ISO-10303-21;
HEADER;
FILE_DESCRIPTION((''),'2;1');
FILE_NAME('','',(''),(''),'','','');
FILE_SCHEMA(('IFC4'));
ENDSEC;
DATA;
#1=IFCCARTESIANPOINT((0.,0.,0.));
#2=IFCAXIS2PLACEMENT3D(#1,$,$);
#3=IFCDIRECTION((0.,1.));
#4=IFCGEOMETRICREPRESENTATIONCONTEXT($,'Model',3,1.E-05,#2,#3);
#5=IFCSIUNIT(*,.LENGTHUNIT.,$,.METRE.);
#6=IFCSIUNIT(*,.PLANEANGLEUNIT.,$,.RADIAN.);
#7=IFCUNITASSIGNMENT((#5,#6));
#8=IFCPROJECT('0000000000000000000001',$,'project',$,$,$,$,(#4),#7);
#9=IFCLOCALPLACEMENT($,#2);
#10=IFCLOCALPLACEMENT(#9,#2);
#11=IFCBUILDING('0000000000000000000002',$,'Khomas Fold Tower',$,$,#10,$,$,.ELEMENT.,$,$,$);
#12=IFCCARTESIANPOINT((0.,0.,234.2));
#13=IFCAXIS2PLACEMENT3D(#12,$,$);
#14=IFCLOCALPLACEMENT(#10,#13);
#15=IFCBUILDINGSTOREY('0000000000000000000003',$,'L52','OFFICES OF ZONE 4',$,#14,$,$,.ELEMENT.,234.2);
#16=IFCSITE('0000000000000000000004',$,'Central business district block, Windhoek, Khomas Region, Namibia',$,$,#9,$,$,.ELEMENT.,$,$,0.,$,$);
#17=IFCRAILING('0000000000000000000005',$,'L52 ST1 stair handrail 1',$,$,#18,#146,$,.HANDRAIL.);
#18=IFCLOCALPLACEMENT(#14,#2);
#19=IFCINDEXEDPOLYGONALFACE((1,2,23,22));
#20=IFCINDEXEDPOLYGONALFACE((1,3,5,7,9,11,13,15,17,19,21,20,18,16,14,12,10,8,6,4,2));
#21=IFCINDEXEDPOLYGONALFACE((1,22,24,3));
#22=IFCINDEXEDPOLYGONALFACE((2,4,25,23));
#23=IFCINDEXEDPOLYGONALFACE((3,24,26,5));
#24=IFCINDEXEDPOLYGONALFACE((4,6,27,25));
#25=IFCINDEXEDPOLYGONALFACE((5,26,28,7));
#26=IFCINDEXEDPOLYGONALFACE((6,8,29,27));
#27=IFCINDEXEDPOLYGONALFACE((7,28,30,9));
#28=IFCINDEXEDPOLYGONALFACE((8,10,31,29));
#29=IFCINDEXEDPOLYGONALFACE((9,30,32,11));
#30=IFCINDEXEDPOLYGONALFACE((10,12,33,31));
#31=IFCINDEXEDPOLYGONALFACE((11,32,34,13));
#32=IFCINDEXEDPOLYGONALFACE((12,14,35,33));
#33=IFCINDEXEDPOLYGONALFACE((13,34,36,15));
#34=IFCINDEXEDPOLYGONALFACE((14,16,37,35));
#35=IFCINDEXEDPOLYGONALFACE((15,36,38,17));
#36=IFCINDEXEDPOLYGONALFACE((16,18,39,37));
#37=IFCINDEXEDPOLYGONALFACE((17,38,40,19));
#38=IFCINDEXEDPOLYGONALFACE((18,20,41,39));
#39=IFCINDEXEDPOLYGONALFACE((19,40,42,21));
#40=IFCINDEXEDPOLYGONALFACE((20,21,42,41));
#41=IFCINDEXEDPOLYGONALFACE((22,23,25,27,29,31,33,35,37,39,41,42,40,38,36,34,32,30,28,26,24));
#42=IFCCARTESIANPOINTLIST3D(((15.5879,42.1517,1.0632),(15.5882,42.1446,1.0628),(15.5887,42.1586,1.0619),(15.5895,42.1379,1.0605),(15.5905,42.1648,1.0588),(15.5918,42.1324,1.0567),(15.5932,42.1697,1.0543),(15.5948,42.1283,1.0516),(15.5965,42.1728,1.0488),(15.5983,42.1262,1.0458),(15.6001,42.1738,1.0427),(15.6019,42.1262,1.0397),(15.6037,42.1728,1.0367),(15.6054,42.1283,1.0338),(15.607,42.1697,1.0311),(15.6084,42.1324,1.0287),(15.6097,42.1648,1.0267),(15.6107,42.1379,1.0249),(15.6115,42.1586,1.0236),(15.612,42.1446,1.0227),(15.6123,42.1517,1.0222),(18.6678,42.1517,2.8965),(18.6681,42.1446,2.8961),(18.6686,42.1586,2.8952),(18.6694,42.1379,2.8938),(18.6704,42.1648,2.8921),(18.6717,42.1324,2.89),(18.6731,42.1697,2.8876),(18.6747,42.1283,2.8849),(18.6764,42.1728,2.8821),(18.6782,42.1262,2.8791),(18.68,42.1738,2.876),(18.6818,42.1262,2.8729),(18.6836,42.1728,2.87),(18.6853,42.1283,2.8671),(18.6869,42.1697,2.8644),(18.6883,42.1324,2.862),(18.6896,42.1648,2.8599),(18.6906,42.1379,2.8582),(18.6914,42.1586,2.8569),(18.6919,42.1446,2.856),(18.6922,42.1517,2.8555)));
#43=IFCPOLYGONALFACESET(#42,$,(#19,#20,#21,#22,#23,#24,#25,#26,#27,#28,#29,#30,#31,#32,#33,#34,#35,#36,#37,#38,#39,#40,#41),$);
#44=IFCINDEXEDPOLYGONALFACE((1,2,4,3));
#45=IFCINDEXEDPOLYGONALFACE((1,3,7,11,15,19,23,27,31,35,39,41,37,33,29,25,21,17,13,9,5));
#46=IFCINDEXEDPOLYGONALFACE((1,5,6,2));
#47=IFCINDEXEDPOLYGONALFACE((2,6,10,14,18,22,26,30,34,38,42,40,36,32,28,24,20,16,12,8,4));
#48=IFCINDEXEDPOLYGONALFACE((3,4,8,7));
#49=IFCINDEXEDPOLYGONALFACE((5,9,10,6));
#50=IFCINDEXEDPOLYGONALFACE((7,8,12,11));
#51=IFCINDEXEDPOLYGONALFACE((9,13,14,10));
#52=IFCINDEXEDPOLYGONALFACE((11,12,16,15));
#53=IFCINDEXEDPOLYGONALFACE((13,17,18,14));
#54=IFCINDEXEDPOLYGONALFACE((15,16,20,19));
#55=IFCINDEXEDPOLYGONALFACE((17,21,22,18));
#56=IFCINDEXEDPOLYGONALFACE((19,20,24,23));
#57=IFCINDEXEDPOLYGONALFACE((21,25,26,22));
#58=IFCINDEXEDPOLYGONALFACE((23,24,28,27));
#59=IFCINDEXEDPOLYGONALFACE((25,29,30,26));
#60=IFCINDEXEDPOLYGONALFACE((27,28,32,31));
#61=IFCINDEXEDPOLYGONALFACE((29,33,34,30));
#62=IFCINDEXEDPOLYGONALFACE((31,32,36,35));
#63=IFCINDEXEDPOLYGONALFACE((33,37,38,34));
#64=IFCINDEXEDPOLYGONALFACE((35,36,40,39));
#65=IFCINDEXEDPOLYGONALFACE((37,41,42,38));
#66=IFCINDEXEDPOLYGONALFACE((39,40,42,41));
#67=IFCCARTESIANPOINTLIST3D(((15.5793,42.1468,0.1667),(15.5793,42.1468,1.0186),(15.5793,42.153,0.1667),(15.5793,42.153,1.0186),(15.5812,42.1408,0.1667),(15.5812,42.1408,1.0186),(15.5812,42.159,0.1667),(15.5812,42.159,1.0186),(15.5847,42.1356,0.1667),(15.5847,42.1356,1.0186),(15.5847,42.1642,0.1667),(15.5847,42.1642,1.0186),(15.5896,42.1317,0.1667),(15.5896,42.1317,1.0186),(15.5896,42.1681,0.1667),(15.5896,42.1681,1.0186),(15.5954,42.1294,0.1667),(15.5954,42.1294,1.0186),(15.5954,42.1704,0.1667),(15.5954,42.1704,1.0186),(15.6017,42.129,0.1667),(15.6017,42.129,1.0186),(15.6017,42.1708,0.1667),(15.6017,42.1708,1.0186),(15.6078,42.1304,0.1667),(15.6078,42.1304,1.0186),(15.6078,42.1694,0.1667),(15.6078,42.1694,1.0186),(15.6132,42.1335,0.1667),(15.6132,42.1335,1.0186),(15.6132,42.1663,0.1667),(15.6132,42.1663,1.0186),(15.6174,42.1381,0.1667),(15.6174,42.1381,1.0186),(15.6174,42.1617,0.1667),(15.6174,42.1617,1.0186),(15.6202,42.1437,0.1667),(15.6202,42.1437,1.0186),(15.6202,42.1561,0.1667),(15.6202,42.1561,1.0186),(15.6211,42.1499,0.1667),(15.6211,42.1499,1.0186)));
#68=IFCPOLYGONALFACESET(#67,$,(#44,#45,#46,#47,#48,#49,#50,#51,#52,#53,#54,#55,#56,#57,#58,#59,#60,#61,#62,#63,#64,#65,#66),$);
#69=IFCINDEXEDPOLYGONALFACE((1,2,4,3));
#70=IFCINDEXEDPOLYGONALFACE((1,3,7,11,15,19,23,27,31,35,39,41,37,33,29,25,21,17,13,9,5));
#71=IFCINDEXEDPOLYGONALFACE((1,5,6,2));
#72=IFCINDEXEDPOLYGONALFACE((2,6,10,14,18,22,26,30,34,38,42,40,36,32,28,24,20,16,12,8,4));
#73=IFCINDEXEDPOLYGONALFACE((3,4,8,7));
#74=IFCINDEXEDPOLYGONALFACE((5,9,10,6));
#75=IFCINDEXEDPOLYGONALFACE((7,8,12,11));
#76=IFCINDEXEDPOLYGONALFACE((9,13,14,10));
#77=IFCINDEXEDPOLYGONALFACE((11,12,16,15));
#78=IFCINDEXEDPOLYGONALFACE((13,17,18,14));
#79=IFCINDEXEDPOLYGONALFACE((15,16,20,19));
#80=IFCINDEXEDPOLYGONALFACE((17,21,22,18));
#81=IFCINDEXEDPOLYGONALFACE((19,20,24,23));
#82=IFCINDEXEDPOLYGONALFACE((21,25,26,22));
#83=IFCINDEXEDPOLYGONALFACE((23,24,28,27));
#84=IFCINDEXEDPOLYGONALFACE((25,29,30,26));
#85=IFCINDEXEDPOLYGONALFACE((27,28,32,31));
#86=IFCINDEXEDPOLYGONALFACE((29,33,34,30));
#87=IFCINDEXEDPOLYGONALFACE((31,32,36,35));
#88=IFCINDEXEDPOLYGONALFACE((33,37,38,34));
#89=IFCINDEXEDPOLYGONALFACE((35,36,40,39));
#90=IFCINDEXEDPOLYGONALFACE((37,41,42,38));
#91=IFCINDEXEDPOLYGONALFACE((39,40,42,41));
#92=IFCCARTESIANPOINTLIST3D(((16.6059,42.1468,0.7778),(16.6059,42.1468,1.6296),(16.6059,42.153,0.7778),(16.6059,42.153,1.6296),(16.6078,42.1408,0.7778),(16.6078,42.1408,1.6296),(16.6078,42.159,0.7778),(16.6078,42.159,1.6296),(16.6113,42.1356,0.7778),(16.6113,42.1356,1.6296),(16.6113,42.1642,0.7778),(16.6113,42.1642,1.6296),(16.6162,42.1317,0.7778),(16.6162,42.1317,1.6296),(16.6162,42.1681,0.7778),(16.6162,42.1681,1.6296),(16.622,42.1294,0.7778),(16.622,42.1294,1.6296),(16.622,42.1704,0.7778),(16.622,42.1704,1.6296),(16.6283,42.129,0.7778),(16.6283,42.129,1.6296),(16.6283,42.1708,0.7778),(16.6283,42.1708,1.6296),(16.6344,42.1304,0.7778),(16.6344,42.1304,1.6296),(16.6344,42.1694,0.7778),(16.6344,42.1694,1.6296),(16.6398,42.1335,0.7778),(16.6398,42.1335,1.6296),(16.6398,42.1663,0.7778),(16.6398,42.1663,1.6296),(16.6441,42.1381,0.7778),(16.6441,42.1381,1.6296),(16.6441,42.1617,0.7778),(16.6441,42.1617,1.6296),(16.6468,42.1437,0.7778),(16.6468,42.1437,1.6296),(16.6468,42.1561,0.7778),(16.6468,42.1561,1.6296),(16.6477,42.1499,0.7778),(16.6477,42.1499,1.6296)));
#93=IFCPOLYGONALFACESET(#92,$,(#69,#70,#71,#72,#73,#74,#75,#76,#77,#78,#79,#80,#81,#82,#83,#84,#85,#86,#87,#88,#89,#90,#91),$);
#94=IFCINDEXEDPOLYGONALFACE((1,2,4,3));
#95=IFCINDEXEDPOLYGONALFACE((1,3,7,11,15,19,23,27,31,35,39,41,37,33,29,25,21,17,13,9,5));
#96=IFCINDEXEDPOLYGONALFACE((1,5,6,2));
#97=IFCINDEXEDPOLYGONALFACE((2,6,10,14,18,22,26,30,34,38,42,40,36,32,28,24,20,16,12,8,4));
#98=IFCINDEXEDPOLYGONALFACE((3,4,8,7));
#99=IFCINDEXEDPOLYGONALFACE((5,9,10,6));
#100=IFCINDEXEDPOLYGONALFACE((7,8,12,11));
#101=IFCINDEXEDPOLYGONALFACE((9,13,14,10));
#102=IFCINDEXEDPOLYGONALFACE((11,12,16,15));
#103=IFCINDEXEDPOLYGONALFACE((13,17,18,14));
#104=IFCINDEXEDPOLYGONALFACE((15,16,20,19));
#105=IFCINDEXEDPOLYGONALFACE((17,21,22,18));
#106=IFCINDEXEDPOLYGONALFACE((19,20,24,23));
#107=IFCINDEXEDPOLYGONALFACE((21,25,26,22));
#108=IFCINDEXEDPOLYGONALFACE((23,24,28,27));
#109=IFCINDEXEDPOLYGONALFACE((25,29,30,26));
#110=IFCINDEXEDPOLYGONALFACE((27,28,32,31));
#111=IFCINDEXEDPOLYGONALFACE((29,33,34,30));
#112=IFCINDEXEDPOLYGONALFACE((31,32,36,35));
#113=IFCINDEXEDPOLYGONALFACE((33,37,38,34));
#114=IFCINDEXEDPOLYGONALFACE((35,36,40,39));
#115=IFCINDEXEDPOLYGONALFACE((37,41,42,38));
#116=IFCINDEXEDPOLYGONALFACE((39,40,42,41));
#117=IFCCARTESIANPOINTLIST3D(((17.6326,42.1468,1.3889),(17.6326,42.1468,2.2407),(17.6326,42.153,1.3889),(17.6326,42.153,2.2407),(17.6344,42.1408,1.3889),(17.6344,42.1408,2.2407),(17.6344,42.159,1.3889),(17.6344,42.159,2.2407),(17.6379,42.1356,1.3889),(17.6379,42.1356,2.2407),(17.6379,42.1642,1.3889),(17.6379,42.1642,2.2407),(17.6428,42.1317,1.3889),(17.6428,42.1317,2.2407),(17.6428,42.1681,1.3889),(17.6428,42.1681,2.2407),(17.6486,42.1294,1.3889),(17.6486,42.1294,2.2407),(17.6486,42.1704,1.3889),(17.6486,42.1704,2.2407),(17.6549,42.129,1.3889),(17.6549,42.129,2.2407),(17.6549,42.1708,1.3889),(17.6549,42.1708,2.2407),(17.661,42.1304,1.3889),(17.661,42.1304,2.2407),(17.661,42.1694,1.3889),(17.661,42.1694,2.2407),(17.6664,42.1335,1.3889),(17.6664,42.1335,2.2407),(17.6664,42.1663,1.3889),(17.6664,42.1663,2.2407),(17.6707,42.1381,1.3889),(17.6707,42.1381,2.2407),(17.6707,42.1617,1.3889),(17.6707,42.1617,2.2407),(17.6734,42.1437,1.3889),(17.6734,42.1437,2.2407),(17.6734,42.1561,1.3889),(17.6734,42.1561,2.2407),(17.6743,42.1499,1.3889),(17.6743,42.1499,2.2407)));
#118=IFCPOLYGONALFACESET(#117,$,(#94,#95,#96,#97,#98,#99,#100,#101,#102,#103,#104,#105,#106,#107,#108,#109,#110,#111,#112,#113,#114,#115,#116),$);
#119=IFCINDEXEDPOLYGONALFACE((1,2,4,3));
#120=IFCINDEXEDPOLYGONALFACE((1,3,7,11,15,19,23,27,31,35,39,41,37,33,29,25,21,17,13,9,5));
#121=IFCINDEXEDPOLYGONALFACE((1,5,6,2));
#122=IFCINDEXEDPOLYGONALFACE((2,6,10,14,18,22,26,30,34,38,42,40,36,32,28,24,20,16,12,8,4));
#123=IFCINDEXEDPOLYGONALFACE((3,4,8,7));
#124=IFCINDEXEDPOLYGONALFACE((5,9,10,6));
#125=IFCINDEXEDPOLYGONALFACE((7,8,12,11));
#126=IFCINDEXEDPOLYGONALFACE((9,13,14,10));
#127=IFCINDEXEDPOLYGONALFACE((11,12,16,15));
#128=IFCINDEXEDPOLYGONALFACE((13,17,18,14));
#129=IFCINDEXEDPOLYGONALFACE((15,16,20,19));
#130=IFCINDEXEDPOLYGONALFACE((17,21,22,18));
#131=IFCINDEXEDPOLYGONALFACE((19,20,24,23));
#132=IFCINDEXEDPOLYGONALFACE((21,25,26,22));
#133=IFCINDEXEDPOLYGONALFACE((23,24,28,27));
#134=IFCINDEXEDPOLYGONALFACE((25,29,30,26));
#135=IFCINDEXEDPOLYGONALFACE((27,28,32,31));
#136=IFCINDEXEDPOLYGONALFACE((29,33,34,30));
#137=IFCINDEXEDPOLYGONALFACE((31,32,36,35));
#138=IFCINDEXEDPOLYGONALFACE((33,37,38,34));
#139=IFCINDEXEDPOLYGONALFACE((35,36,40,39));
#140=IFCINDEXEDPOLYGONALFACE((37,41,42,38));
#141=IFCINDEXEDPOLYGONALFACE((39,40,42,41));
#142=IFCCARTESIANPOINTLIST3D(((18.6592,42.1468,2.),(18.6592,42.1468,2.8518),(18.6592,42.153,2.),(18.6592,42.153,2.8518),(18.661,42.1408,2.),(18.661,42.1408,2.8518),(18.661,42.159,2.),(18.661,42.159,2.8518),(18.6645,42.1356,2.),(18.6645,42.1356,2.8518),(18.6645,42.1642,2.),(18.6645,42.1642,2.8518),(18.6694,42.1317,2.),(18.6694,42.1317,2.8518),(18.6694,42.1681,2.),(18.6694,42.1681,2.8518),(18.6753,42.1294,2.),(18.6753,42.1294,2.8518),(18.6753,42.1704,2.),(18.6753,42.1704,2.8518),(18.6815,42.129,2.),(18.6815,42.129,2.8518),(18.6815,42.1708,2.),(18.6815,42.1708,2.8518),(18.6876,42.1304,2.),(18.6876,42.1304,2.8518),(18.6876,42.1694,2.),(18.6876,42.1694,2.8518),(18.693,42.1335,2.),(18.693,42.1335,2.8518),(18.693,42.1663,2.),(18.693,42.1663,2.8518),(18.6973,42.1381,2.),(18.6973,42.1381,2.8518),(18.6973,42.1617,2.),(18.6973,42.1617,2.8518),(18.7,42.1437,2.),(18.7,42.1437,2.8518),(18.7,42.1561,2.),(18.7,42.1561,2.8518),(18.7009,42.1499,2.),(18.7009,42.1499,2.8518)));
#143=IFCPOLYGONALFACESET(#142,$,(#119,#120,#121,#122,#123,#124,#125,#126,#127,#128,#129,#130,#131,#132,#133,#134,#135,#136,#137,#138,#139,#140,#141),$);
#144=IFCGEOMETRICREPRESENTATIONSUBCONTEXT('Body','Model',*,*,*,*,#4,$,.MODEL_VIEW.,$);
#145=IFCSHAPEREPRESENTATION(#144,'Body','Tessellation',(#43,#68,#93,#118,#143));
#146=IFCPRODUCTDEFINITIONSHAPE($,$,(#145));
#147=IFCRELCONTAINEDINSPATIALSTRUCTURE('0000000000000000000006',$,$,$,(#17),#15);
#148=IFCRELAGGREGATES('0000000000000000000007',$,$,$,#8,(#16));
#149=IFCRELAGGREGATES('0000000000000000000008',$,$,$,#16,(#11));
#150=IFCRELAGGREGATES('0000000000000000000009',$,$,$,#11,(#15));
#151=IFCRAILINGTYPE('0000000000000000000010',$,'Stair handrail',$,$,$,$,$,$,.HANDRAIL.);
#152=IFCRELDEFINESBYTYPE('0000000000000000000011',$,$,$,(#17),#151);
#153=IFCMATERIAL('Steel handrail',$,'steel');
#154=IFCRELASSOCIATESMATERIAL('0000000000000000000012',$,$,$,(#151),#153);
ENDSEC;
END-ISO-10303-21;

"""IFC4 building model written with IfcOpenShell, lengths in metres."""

from ifc_helpers import new_model, si_unit, direction, frame, origin, origin_2d, place, context, subcontext, project, spatial, circle, extrude, source, transform, mapped, material, type_object, element, save


model = new_model("IFC4")

# Units and contexts
model_context = context("Model", 3, precision=1e-05, world=origin(), true_north=direction((0.0, 1.0)))
body_context = subcontext(model_context, "Body", "Model", "MODEL_VIEW")
ifc_project = project(units=[si_unit("LENGTHUNIT", "METRE"), si_unit("PLANEANGLEUNIT", "RADIAN")], contexts=[model_context])

# Site, building, storey
site_placement = place(None, origin())
site = spatial("IfcSite", under=ifc_project, at=site_placement, Name="Central business district block, Windhoek, Khomas Region, Namibia", CompositionType="ELEMENT", RefElevation=0.0)
building_placement = place(site_placement, origin())
building = spatial("IfcBuilding", under=site, at=building_placement, Name="Khomas Fold Tower", CompositionType="ELEMENT")
storey_placement = place(building_placement, frame((0.0, 0.0, 234.2)))
storey = spatial("IfcBuildingStorey", under=building, at=storey_placement, Name="L52", Description="OFFICES OF ZONE 4", CompositionType="ELEMENT", Elevation=234.2)

# Railing
ifc_material_1 = material(Name="Steel handrail", Category="steel")
railing_type_1 = type_object("IfcRailingType", Name="Stair handrail", PredefinedType="HANDRAIL", material=ifc_material_1)
shared_shape_1 = source(origin(), body_context, "Body", "SweptSolid", [
    extrude(circle(Radius=0.0239, at=origin_2d()), frame((0.0, 0.0, 0.876), z_axis=(0.859291, 0.0, 0.511487), x_axis=(0.0, 1.0, 0.0)), (0.0, 0.0, 1.0), 3.5842),
    extrude(circle(Radius=0.021, at=origin_2d()), origin(), (0.0, 0.0, 1.0), 0.8518),
    extrude(circle(Radius=0.021, at=origin_2d()), frame((1.0266, 0.0, 0.6111)), (0.0, 0.0, 1.0), 0.8518),
    extrude(circle(Radius=0.021, at=origin_2d()), frame((2.0532, 0.0, 1.2222)), (0.0, 0.0, 1.0), 0.8518),
    extrude(circle(Radius=0.021, at=origin_2d()), frame((3.0798, 0.0, 1.8333)), (0.0, 0.0, 1.0), 0.8518),
])
railing_1_placement = place(storey_placement, frame((15.6001, 42.1499, 0.1667)))
element("IfcRailing", 1, at=railing_1_placement, inside=storey, type_object=railing_type_1, Name="L52 ST1 stair handrail 1", PredefinedType="HANDRAIL", context=body_context, shape_type="MappedRepresentation", body=[
    mapped(shared_shape_1, transform((0.0, 0.0, 0.0))),
])

save(model, "model.ifc")
